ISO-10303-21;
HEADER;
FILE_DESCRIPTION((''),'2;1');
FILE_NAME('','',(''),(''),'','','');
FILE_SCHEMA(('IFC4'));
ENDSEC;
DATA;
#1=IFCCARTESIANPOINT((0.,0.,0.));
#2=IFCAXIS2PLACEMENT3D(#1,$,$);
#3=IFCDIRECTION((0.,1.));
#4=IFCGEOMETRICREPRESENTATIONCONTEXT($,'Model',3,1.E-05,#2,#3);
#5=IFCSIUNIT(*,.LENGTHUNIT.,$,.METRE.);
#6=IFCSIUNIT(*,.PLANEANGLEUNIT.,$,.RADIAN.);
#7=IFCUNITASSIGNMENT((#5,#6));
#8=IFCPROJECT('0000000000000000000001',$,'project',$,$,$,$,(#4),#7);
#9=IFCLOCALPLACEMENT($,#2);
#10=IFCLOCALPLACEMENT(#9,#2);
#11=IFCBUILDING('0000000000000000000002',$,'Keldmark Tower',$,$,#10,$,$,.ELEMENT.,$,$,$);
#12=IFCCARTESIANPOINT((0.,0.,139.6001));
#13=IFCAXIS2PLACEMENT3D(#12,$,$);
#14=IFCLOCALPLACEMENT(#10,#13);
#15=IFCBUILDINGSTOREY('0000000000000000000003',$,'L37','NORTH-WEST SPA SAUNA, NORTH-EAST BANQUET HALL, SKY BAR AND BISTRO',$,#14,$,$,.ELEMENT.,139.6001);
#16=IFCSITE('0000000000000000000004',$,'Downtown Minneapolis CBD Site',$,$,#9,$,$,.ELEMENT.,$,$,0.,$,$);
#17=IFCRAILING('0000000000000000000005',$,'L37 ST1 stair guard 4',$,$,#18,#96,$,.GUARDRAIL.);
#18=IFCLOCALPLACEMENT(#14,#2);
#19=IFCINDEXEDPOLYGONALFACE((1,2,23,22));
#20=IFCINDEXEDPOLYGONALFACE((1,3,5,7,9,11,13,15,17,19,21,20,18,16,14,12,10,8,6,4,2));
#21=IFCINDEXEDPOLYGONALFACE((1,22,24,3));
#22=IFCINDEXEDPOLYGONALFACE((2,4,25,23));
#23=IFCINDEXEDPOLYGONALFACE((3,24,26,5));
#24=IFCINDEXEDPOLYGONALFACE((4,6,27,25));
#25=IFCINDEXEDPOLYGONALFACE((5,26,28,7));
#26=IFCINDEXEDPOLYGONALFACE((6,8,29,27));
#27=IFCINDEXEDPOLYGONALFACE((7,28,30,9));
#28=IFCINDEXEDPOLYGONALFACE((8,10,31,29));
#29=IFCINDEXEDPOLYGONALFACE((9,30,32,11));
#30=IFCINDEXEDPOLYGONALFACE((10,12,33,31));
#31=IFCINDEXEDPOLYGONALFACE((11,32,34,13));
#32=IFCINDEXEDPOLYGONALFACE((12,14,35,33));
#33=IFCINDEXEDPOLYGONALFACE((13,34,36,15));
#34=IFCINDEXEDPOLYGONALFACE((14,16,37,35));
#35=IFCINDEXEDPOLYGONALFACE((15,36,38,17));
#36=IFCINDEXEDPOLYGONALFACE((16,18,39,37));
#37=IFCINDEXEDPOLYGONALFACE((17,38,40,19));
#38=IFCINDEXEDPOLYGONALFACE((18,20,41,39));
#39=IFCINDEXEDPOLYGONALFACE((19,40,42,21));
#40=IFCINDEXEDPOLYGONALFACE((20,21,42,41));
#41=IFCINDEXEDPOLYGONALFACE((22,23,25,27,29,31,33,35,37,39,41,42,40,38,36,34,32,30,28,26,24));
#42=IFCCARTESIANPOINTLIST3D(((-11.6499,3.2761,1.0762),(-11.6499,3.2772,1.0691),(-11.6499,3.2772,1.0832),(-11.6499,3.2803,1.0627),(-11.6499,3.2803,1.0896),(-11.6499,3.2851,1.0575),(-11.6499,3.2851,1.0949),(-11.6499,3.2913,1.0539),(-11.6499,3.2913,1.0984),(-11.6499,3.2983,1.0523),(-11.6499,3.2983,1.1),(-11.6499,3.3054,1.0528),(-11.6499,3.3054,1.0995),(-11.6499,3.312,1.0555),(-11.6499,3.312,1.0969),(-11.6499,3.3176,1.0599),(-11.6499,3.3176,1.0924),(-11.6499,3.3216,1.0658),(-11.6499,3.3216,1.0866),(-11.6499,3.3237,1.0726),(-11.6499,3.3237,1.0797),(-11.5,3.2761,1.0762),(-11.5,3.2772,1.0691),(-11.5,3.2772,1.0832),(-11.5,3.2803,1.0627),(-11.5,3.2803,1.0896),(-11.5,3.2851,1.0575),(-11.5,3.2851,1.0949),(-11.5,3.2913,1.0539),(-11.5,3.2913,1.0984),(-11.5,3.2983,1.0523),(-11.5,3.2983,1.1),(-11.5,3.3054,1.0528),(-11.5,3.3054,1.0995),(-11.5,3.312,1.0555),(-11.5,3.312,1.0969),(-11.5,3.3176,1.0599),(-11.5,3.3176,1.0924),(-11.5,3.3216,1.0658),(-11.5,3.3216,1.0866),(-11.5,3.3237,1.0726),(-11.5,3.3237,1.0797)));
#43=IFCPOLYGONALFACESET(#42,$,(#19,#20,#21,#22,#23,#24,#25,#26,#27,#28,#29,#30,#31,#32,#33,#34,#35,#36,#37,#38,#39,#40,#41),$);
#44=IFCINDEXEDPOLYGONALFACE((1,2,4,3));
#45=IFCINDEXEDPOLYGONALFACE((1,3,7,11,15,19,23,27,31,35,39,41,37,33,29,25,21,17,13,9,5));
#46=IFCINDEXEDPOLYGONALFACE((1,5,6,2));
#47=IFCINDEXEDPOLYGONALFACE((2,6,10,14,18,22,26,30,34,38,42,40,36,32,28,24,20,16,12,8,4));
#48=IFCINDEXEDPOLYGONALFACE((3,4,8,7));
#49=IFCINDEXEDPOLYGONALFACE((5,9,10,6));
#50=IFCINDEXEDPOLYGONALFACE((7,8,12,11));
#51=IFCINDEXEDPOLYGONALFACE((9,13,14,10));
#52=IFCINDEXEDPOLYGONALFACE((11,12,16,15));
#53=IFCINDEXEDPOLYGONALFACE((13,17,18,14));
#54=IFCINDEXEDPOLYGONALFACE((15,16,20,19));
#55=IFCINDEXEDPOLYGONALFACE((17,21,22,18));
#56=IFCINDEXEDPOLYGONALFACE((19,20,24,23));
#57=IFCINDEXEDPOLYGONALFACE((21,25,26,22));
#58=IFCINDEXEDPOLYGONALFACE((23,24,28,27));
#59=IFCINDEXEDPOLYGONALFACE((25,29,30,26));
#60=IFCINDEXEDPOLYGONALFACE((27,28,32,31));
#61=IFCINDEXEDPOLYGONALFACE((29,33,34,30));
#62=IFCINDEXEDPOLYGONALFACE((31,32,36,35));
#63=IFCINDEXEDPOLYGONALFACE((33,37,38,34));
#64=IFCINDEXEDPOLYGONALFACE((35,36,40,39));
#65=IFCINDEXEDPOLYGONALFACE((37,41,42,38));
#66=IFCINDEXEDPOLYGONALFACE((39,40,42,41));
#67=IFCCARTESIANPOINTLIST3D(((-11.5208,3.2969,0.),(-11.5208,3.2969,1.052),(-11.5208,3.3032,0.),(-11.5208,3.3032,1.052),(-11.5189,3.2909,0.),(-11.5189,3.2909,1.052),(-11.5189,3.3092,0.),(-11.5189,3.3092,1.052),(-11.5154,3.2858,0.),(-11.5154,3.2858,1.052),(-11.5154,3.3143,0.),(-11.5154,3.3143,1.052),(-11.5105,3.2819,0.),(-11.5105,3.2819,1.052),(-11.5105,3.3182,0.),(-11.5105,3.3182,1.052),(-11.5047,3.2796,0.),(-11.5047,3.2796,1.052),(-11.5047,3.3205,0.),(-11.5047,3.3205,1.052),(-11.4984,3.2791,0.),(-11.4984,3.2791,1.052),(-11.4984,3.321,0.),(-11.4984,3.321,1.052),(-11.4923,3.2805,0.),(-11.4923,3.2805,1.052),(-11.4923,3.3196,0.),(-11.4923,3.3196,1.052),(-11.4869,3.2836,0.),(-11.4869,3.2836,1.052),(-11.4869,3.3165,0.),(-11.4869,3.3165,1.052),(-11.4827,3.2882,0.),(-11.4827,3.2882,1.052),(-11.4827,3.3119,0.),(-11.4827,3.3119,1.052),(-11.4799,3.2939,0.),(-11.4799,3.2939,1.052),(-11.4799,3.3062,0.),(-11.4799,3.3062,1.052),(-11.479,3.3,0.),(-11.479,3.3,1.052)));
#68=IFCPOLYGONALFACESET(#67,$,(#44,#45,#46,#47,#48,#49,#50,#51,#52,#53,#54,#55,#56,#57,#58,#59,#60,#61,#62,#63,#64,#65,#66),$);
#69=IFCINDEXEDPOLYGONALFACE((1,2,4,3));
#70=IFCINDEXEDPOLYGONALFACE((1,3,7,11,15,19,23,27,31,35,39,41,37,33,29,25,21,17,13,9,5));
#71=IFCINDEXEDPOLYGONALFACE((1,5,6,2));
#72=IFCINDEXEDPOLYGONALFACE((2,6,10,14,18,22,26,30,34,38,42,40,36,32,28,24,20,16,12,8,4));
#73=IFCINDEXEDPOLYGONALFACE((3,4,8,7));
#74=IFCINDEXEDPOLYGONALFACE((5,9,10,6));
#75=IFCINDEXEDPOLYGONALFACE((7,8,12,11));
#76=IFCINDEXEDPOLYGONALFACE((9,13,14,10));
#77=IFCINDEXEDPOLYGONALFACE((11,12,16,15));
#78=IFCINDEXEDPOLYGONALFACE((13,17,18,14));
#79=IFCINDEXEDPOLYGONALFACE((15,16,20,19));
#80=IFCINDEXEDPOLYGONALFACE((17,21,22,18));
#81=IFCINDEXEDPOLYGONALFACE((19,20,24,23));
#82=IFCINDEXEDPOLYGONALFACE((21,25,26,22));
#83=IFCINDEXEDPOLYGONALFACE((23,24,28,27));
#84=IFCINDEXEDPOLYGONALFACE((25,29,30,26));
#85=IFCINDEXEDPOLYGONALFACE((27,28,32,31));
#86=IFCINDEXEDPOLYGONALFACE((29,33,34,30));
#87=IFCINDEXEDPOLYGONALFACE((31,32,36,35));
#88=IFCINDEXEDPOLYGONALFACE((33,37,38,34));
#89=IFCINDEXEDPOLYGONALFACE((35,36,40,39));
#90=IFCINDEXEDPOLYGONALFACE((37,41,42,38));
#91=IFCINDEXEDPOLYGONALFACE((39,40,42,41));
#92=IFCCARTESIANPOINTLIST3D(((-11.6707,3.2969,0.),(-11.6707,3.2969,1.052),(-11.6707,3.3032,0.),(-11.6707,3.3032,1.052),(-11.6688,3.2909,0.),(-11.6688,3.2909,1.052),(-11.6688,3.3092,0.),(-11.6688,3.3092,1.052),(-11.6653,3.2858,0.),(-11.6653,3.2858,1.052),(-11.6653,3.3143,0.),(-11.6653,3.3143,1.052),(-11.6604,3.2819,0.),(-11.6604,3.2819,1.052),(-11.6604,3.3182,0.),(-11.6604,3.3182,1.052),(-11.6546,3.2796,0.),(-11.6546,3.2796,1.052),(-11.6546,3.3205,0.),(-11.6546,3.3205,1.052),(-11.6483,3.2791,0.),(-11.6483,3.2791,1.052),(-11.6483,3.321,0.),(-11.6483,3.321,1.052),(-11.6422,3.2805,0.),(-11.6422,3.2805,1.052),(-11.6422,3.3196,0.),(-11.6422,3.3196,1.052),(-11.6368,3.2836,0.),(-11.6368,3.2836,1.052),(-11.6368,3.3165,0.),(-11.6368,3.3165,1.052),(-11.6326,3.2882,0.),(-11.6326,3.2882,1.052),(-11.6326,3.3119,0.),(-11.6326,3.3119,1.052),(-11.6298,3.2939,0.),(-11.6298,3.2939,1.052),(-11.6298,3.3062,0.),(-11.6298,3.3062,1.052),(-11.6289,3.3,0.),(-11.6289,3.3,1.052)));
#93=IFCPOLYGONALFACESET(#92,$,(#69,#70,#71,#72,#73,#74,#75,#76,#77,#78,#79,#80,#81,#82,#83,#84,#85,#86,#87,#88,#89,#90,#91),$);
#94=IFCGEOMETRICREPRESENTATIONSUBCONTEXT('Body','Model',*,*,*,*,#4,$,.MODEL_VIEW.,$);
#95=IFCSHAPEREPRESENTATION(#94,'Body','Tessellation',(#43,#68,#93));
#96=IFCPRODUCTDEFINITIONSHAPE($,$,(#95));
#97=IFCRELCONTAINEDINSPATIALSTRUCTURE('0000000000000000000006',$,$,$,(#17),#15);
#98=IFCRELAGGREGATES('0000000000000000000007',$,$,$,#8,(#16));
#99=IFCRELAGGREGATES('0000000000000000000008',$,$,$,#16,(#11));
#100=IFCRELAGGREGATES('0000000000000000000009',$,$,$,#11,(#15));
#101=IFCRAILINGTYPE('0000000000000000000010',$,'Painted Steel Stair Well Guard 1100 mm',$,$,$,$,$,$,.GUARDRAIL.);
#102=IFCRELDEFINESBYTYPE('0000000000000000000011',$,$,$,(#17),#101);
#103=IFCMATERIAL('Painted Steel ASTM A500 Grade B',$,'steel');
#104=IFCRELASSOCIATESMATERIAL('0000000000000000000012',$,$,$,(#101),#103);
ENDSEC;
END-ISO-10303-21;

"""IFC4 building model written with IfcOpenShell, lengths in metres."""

from ifc_helpers import new_model, si_unit, direction, frame, origin, origin_2d, place, context, subcontext, project, spatial, circle, extrude, material, type_object, element, save


model = new_model("IFC4")

# Units and contexts
model_context = context("Model", 3, precision=1e-05, world=origin(), true_north=direction((0.0, 1.0)))
body_context = subcontext(model_context, "Body", "Model", "MODEL_VIEW")
ifc_project = project(units=[si_unit("LENGTHUNIT", "METRE"), si_unit("PLANEANGLEUNIT", "RADIAN")], contexts=[model_context])

# Site, building, storey
site_placement = place(None, origin())
site = spatial("IfcSite", under=ifc_project, at=site_placement, Name="Downtown Minneapolis CBD Site", CompositionType="ELEMENT", RefElevation=0.0)
building_placement = place(site_placement, origin())
building = spatial("IfcBuilding", under=site, at=building_placement, Name="Keldmark Tower", CompositionType="ELEMENT")
storey_placement = place(building_placement, frame((0.0, 0.0, 139.6001)))
storey = spatial("IfcBuildingStorey", under=building, at=storey_placement, Name="L37", Description="NORTH-WEST SPA SAUNA, NORTH-EAST BANQUET HALL, SKY BAR AND BISTRO", CompositionType="ELEMENT", Elevation=139.6001)

# Railing
ifc_material_1 = material(Name="Painted Steel ASTM A500 Grade B", Category="steel")
railing_type_1 = type_object("IfcRailingType", Name="Painted Steel Stair Well Guard 1100 mm", PredefinedType="GUARDRAIL", material=ifc_material_1)
railing_1_placement = place(storey_placement, frame((-11.5, 3.3, 0.0)))
element("IfcRailing", 1, at=railing_1_placement, inside=storey, type_object=railing_type_1, Name="L37 ST1 stair guard 4", PredefinedType="GUARDRAIL", context=body_context, shape_type="SweptSolid", body=[
    extrude(circle(Radius=0.0239, at=origin_2d()), frame((0.0, 0.0, 1.0762), z_axis=(-1.0, 0.0, 0.0), x_axis=(0.0, -1.0, 0.0)), (0.0, 0.0, 1.0), 0.1499),
    extrude(circle(Radius=0.021, at=origin_2d()), origin(), (0.0, 0.0, 1.0), 1.052),
    extrude(circle(Radius=0.021, at=origin_2d()), frame((-0.1499, 0.0, 0.0)), (0.0, 0.0, 1.0), 1.052),
])

save(model, "model.ifc")
